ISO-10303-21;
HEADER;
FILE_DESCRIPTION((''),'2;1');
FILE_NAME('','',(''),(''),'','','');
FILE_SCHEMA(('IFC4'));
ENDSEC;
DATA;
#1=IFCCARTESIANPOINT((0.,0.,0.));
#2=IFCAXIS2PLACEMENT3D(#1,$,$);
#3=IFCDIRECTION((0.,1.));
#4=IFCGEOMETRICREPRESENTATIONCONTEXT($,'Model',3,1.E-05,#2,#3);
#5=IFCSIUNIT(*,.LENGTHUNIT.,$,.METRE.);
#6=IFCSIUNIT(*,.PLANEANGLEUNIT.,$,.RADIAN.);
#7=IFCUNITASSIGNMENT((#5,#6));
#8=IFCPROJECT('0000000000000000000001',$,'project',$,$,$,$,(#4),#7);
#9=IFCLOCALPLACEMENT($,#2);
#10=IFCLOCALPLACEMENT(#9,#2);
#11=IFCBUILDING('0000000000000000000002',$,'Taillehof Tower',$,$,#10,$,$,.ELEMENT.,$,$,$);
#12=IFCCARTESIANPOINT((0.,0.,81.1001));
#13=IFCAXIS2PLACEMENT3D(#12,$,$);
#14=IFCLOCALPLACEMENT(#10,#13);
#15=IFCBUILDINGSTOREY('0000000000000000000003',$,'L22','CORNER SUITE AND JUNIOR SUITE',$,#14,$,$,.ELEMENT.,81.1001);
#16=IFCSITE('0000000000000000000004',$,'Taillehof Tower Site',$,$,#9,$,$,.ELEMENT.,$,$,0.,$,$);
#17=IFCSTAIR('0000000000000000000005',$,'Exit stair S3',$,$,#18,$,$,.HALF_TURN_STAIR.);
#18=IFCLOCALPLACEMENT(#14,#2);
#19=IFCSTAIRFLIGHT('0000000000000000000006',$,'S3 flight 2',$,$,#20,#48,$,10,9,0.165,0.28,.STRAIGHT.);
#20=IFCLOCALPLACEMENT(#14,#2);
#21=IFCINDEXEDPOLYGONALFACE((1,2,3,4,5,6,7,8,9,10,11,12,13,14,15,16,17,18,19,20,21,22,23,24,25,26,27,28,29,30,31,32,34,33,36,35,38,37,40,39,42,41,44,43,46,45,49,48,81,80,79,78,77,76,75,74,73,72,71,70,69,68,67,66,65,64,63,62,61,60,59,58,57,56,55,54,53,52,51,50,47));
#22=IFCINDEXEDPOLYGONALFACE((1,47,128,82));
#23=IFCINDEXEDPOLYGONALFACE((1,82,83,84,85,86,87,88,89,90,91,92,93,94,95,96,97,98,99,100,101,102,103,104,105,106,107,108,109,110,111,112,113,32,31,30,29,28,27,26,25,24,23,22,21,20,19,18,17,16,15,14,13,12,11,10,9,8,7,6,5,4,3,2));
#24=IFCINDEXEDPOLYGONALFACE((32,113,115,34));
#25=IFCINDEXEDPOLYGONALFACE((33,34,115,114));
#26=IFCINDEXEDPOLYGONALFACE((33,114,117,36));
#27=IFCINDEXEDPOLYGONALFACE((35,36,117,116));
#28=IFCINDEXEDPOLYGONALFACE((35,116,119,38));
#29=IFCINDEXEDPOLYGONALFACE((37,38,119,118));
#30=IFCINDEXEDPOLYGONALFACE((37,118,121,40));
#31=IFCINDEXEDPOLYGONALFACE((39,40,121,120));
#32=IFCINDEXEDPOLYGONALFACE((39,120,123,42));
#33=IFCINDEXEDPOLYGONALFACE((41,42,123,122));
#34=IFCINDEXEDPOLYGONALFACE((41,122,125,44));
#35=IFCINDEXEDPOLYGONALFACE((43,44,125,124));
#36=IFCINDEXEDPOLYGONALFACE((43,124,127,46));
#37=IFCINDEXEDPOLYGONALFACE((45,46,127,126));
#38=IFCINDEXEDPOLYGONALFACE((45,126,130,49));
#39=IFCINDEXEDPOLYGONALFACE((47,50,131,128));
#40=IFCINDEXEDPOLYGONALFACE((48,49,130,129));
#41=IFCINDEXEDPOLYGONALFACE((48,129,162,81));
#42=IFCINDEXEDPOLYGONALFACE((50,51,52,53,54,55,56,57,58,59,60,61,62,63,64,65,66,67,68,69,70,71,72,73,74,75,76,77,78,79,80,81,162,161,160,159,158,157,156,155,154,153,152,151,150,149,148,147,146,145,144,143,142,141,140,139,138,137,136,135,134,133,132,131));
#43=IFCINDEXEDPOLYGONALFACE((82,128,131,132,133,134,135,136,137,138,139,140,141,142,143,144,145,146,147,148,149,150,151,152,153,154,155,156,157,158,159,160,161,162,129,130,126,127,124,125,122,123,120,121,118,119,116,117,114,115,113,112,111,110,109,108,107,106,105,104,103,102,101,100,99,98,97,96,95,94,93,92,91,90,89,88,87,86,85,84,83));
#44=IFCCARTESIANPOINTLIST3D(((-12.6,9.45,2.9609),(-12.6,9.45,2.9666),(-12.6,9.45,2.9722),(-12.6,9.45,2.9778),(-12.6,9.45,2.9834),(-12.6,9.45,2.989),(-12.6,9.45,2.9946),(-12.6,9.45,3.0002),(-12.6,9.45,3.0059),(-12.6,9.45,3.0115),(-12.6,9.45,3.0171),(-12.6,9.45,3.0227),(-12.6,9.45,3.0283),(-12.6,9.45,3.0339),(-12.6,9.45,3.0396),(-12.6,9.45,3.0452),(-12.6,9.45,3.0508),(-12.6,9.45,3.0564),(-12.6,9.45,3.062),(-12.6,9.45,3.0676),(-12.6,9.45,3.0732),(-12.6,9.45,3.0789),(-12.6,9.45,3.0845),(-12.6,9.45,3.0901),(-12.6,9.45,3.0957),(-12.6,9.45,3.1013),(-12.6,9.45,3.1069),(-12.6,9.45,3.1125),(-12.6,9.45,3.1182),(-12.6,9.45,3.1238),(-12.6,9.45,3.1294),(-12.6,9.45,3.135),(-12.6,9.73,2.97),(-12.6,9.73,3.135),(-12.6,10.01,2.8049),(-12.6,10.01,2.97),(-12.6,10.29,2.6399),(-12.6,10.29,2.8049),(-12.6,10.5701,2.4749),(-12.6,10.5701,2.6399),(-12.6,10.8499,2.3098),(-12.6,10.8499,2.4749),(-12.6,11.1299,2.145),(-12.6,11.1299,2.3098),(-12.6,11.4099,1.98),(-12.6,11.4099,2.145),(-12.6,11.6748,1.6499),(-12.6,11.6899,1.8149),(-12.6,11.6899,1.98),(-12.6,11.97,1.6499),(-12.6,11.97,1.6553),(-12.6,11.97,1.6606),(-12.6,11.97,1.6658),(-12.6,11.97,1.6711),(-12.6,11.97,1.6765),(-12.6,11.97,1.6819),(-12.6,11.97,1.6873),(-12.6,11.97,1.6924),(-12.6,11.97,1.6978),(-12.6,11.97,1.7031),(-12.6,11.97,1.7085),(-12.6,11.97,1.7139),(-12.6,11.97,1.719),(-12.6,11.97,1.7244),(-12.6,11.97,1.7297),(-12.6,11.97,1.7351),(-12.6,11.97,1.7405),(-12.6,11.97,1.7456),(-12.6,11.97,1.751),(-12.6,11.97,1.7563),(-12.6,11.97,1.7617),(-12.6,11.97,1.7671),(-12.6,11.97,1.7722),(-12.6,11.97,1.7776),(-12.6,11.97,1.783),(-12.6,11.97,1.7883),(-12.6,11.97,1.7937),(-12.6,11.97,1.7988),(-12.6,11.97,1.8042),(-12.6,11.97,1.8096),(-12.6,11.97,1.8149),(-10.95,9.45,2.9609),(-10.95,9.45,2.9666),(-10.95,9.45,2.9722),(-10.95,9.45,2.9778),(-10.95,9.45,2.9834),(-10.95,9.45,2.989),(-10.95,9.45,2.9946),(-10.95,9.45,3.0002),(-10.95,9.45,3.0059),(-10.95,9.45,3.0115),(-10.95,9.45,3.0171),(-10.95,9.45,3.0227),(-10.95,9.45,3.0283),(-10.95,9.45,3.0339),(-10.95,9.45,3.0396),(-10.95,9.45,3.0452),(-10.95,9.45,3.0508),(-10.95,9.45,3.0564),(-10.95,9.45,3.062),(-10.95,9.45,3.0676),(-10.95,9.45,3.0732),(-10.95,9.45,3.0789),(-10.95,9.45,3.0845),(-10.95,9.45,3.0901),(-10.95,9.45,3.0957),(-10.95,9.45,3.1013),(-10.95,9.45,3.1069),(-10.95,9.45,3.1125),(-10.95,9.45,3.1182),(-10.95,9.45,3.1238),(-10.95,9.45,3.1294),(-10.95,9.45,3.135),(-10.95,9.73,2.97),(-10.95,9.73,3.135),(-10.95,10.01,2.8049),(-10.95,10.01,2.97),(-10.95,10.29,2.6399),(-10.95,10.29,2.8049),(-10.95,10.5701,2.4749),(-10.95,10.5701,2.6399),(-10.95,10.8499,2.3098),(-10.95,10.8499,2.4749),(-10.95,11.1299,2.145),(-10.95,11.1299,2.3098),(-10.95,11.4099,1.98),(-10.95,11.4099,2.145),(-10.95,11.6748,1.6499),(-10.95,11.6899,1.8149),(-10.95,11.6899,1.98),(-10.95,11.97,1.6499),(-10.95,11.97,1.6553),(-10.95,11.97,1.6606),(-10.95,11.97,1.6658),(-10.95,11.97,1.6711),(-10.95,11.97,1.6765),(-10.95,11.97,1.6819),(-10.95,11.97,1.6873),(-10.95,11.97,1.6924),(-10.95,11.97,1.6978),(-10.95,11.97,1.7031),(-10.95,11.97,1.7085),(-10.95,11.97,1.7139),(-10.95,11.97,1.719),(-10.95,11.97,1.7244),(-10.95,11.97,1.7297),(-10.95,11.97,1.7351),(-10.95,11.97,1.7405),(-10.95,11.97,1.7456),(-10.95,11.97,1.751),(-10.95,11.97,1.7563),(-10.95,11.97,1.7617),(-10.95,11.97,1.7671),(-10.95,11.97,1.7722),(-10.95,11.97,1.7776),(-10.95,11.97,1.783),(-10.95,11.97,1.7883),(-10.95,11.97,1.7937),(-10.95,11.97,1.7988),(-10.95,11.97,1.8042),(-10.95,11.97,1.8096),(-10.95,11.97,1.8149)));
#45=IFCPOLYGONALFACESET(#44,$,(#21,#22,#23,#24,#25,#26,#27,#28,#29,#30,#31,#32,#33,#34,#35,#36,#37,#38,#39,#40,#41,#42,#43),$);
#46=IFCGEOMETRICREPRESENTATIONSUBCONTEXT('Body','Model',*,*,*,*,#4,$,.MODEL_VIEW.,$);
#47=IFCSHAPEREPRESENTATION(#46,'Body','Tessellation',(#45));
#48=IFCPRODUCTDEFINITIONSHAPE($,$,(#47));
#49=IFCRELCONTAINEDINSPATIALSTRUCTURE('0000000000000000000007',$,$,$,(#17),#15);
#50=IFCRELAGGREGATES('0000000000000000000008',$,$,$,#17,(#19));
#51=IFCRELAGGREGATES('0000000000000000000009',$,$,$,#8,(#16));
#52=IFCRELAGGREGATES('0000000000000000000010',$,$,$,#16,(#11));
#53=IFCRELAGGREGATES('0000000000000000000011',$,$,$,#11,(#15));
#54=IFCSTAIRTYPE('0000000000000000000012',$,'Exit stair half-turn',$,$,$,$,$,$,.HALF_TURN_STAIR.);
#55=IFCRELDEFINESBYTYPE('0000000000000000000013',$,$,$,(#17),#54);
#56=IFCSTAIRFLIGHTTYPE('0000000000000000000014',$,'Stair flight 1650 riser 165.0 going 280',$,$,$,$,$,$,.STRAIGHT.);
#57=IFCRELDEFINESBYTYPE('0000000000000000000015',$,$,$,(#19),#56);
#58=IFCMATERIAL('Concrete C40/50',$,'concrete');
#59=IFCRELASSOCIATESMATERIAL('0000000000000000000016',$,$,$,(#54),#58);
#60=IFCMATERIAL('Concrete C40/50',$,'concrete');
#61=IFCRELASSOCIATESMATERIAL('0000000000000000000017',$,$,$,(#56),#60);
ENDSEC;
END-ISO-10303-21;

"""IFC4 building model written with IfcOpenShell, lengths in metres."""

from ifc_helpers import new_model, si_unit, direction, frame, origin, place, context, subcontext, project, spatial, polyline, outline, extrude, material, type_object, element, aggregate, save


model = new_model("IFC4")

# Units and contexts
model_context = context("Model", 3, precision=1e-05, world=origin(), true_north=direction((0.0, 1.0)))
body_context = subcontext(model_context, "Body", "Model", "MODEL_VIEW")
ifc_project = project(units=[si_unit("LENGTHUNIT", "METRE"), si_unit("PLANEANGLEUNIT", "RADIAN")], contexts=[model_context])

# Site, building, storey
site_placement = place(None, origin())
site = spatial("IfcSite", under=ifc_project, at=site_placement, Name="Taillehof Tower Site", CompositionType="ELEMENT", RefElevation=0.0)
building_placement = place(site_placement, origin())
building = spatial("IfcBuilding", under=site, at=building_placement, Name="Taillehof Tower", CompositionType="ELEMENT")
storey_placement = place(building_placement, frame((0.0, 0.0, 81.1001)))
storey = spatial("IfcBuildingStorey", under=building, at=storey_placement, Name="L22", Description="CORNER SUITE AND JUNIOR SUITE", CompositionType="ELEMENT", Elevation=81.1001)

# Stair, stair flight
ifc_material_1 = material(Name="Concrete C40/50", Category="concrete")
stair_type = type_object("IfcStairType", Name="Exit stair half-turn", PredefinedType="HALF_TURN_STAIR", material=ifc_material_1)
stair_placement = place(storey_placement, origin())
stair = element("IfcStair", 1, at=stair_placement, inside=storey, type_object=stair_type, Name="Exit stair S3", PredefinedType="HALF_TURN_STAIR")
ifc_material_2 = material(Name="Concrete C40/50", Category="concrete")
stair_flight_type = type_object("IfcStairFlightType", Name="Stair flight 1650 riser 165.0 going 280", PredefinedType="STRAIGHT", material=ifc_material_2)
stair_flight_1_placement = place(storey_placement, frame((-11.7749, 11.97, 1.6499), z_axis=(0.0, 0.0, 1.0), x_axis=(0.0, -1.0, 0.0)))
stair_flight_1 = element("IfcStairFlight", 2, at=stair_flight_1_placement, type_object=stair_flight_type, Name="S3 flight 2", NumberOfRisers=10, NumberOfTreads=9, PredefinedType="STRAIGHT", RiserHeight=0.165, TreadLength=0.28, context=body_context, shape_type="SweptSolid", body=[
    extrude(outline(polyline([(0.0, 0.0), (0.0, 0.0054), (0.0, 0.0107), (0.0, 0.0159), (0.0, 0.0212), (0.0, 0.0266), (0.0, 0.032), (0.0, 0.0374), (0.0, 0.0425), (0.0, 0.0479), (0.0, 0.0532), (0.0, 0.0586), (0.0, 0.064), (0.0, 0.0691), (0.0, 0.0745), (0.0, 0.0798), (0.0, 0.0852), (0.0, 0.0906), (0.0, 0.0957), (0.0, 0.1011), (0.0, 0.1064), (0.0, 0.1118), (0.0, 0.1172), (0.0, 0.1223), (0.0, 0.1277), (0.0, 0.1331), (0.0, 0.1384), (0.0, 0.1438), (0.0, 0.1489), (0.0, 0.1543), (0.0, 0.1597), (0.0, 0.165), (0.28, 0.165), (0.28, 0.3301), (0.5601, 0.3301), (0.5601, 0.4951), (0.8401, 0.4951), (0.8401, 0.6599), (1.1201, 0.6599), (1.1201, 0.825), (1.3999, 0.825), (1.3999, 0.99), (1.6799, 0.99), (1.6799, 1.155), (1.96, 1.155), (1.96, 1.3201), (2.24, 1.3201), (2.24, 1.4851), (2.52, 1.4851), (2.52, 1.4795), (2.52, 1.4739), (2.52, 1.4683), (2.52, 1.4626), (2.52, 1.457), (2.52, 1.4514), (2.52, 1.4458), (2.52, 1.4402), (2.52, 1.4346), (2.52, 1.429), (2.52, 1.4233), (2.52, 1.4177), (2.52, 1.4121), (2.52, 1.4065), (2.52, 1.4009), (2.52, 1.3953), (2.52, 1.3896), (2.52, 1.384), (2.52, 1.3784), (2.52, 1.3728), (2.52, 1.3672), (2.52, 1.3616), (2.52, 1.356), (2.52, 1.3503), (2.52, 1.3447), (2.52, 1.3391), (2.52, 1.3335), (2.52, 1.3279), (2.52, 1.3223), (2.52, 1.3167), (2.52, 1.311), (0.2952, 0.0), (0.0, 0.0)])), frame((0.0, 0.825, 0.0), z_axis=(0.0, -1.0, 0.0), x_axis=(1.0, 0.0, 0.0)), (0.0, 0.0, 1.0), 1.65),
])
aggregate(stair, [stair_flight_1])

save(model, "model.ifc")
